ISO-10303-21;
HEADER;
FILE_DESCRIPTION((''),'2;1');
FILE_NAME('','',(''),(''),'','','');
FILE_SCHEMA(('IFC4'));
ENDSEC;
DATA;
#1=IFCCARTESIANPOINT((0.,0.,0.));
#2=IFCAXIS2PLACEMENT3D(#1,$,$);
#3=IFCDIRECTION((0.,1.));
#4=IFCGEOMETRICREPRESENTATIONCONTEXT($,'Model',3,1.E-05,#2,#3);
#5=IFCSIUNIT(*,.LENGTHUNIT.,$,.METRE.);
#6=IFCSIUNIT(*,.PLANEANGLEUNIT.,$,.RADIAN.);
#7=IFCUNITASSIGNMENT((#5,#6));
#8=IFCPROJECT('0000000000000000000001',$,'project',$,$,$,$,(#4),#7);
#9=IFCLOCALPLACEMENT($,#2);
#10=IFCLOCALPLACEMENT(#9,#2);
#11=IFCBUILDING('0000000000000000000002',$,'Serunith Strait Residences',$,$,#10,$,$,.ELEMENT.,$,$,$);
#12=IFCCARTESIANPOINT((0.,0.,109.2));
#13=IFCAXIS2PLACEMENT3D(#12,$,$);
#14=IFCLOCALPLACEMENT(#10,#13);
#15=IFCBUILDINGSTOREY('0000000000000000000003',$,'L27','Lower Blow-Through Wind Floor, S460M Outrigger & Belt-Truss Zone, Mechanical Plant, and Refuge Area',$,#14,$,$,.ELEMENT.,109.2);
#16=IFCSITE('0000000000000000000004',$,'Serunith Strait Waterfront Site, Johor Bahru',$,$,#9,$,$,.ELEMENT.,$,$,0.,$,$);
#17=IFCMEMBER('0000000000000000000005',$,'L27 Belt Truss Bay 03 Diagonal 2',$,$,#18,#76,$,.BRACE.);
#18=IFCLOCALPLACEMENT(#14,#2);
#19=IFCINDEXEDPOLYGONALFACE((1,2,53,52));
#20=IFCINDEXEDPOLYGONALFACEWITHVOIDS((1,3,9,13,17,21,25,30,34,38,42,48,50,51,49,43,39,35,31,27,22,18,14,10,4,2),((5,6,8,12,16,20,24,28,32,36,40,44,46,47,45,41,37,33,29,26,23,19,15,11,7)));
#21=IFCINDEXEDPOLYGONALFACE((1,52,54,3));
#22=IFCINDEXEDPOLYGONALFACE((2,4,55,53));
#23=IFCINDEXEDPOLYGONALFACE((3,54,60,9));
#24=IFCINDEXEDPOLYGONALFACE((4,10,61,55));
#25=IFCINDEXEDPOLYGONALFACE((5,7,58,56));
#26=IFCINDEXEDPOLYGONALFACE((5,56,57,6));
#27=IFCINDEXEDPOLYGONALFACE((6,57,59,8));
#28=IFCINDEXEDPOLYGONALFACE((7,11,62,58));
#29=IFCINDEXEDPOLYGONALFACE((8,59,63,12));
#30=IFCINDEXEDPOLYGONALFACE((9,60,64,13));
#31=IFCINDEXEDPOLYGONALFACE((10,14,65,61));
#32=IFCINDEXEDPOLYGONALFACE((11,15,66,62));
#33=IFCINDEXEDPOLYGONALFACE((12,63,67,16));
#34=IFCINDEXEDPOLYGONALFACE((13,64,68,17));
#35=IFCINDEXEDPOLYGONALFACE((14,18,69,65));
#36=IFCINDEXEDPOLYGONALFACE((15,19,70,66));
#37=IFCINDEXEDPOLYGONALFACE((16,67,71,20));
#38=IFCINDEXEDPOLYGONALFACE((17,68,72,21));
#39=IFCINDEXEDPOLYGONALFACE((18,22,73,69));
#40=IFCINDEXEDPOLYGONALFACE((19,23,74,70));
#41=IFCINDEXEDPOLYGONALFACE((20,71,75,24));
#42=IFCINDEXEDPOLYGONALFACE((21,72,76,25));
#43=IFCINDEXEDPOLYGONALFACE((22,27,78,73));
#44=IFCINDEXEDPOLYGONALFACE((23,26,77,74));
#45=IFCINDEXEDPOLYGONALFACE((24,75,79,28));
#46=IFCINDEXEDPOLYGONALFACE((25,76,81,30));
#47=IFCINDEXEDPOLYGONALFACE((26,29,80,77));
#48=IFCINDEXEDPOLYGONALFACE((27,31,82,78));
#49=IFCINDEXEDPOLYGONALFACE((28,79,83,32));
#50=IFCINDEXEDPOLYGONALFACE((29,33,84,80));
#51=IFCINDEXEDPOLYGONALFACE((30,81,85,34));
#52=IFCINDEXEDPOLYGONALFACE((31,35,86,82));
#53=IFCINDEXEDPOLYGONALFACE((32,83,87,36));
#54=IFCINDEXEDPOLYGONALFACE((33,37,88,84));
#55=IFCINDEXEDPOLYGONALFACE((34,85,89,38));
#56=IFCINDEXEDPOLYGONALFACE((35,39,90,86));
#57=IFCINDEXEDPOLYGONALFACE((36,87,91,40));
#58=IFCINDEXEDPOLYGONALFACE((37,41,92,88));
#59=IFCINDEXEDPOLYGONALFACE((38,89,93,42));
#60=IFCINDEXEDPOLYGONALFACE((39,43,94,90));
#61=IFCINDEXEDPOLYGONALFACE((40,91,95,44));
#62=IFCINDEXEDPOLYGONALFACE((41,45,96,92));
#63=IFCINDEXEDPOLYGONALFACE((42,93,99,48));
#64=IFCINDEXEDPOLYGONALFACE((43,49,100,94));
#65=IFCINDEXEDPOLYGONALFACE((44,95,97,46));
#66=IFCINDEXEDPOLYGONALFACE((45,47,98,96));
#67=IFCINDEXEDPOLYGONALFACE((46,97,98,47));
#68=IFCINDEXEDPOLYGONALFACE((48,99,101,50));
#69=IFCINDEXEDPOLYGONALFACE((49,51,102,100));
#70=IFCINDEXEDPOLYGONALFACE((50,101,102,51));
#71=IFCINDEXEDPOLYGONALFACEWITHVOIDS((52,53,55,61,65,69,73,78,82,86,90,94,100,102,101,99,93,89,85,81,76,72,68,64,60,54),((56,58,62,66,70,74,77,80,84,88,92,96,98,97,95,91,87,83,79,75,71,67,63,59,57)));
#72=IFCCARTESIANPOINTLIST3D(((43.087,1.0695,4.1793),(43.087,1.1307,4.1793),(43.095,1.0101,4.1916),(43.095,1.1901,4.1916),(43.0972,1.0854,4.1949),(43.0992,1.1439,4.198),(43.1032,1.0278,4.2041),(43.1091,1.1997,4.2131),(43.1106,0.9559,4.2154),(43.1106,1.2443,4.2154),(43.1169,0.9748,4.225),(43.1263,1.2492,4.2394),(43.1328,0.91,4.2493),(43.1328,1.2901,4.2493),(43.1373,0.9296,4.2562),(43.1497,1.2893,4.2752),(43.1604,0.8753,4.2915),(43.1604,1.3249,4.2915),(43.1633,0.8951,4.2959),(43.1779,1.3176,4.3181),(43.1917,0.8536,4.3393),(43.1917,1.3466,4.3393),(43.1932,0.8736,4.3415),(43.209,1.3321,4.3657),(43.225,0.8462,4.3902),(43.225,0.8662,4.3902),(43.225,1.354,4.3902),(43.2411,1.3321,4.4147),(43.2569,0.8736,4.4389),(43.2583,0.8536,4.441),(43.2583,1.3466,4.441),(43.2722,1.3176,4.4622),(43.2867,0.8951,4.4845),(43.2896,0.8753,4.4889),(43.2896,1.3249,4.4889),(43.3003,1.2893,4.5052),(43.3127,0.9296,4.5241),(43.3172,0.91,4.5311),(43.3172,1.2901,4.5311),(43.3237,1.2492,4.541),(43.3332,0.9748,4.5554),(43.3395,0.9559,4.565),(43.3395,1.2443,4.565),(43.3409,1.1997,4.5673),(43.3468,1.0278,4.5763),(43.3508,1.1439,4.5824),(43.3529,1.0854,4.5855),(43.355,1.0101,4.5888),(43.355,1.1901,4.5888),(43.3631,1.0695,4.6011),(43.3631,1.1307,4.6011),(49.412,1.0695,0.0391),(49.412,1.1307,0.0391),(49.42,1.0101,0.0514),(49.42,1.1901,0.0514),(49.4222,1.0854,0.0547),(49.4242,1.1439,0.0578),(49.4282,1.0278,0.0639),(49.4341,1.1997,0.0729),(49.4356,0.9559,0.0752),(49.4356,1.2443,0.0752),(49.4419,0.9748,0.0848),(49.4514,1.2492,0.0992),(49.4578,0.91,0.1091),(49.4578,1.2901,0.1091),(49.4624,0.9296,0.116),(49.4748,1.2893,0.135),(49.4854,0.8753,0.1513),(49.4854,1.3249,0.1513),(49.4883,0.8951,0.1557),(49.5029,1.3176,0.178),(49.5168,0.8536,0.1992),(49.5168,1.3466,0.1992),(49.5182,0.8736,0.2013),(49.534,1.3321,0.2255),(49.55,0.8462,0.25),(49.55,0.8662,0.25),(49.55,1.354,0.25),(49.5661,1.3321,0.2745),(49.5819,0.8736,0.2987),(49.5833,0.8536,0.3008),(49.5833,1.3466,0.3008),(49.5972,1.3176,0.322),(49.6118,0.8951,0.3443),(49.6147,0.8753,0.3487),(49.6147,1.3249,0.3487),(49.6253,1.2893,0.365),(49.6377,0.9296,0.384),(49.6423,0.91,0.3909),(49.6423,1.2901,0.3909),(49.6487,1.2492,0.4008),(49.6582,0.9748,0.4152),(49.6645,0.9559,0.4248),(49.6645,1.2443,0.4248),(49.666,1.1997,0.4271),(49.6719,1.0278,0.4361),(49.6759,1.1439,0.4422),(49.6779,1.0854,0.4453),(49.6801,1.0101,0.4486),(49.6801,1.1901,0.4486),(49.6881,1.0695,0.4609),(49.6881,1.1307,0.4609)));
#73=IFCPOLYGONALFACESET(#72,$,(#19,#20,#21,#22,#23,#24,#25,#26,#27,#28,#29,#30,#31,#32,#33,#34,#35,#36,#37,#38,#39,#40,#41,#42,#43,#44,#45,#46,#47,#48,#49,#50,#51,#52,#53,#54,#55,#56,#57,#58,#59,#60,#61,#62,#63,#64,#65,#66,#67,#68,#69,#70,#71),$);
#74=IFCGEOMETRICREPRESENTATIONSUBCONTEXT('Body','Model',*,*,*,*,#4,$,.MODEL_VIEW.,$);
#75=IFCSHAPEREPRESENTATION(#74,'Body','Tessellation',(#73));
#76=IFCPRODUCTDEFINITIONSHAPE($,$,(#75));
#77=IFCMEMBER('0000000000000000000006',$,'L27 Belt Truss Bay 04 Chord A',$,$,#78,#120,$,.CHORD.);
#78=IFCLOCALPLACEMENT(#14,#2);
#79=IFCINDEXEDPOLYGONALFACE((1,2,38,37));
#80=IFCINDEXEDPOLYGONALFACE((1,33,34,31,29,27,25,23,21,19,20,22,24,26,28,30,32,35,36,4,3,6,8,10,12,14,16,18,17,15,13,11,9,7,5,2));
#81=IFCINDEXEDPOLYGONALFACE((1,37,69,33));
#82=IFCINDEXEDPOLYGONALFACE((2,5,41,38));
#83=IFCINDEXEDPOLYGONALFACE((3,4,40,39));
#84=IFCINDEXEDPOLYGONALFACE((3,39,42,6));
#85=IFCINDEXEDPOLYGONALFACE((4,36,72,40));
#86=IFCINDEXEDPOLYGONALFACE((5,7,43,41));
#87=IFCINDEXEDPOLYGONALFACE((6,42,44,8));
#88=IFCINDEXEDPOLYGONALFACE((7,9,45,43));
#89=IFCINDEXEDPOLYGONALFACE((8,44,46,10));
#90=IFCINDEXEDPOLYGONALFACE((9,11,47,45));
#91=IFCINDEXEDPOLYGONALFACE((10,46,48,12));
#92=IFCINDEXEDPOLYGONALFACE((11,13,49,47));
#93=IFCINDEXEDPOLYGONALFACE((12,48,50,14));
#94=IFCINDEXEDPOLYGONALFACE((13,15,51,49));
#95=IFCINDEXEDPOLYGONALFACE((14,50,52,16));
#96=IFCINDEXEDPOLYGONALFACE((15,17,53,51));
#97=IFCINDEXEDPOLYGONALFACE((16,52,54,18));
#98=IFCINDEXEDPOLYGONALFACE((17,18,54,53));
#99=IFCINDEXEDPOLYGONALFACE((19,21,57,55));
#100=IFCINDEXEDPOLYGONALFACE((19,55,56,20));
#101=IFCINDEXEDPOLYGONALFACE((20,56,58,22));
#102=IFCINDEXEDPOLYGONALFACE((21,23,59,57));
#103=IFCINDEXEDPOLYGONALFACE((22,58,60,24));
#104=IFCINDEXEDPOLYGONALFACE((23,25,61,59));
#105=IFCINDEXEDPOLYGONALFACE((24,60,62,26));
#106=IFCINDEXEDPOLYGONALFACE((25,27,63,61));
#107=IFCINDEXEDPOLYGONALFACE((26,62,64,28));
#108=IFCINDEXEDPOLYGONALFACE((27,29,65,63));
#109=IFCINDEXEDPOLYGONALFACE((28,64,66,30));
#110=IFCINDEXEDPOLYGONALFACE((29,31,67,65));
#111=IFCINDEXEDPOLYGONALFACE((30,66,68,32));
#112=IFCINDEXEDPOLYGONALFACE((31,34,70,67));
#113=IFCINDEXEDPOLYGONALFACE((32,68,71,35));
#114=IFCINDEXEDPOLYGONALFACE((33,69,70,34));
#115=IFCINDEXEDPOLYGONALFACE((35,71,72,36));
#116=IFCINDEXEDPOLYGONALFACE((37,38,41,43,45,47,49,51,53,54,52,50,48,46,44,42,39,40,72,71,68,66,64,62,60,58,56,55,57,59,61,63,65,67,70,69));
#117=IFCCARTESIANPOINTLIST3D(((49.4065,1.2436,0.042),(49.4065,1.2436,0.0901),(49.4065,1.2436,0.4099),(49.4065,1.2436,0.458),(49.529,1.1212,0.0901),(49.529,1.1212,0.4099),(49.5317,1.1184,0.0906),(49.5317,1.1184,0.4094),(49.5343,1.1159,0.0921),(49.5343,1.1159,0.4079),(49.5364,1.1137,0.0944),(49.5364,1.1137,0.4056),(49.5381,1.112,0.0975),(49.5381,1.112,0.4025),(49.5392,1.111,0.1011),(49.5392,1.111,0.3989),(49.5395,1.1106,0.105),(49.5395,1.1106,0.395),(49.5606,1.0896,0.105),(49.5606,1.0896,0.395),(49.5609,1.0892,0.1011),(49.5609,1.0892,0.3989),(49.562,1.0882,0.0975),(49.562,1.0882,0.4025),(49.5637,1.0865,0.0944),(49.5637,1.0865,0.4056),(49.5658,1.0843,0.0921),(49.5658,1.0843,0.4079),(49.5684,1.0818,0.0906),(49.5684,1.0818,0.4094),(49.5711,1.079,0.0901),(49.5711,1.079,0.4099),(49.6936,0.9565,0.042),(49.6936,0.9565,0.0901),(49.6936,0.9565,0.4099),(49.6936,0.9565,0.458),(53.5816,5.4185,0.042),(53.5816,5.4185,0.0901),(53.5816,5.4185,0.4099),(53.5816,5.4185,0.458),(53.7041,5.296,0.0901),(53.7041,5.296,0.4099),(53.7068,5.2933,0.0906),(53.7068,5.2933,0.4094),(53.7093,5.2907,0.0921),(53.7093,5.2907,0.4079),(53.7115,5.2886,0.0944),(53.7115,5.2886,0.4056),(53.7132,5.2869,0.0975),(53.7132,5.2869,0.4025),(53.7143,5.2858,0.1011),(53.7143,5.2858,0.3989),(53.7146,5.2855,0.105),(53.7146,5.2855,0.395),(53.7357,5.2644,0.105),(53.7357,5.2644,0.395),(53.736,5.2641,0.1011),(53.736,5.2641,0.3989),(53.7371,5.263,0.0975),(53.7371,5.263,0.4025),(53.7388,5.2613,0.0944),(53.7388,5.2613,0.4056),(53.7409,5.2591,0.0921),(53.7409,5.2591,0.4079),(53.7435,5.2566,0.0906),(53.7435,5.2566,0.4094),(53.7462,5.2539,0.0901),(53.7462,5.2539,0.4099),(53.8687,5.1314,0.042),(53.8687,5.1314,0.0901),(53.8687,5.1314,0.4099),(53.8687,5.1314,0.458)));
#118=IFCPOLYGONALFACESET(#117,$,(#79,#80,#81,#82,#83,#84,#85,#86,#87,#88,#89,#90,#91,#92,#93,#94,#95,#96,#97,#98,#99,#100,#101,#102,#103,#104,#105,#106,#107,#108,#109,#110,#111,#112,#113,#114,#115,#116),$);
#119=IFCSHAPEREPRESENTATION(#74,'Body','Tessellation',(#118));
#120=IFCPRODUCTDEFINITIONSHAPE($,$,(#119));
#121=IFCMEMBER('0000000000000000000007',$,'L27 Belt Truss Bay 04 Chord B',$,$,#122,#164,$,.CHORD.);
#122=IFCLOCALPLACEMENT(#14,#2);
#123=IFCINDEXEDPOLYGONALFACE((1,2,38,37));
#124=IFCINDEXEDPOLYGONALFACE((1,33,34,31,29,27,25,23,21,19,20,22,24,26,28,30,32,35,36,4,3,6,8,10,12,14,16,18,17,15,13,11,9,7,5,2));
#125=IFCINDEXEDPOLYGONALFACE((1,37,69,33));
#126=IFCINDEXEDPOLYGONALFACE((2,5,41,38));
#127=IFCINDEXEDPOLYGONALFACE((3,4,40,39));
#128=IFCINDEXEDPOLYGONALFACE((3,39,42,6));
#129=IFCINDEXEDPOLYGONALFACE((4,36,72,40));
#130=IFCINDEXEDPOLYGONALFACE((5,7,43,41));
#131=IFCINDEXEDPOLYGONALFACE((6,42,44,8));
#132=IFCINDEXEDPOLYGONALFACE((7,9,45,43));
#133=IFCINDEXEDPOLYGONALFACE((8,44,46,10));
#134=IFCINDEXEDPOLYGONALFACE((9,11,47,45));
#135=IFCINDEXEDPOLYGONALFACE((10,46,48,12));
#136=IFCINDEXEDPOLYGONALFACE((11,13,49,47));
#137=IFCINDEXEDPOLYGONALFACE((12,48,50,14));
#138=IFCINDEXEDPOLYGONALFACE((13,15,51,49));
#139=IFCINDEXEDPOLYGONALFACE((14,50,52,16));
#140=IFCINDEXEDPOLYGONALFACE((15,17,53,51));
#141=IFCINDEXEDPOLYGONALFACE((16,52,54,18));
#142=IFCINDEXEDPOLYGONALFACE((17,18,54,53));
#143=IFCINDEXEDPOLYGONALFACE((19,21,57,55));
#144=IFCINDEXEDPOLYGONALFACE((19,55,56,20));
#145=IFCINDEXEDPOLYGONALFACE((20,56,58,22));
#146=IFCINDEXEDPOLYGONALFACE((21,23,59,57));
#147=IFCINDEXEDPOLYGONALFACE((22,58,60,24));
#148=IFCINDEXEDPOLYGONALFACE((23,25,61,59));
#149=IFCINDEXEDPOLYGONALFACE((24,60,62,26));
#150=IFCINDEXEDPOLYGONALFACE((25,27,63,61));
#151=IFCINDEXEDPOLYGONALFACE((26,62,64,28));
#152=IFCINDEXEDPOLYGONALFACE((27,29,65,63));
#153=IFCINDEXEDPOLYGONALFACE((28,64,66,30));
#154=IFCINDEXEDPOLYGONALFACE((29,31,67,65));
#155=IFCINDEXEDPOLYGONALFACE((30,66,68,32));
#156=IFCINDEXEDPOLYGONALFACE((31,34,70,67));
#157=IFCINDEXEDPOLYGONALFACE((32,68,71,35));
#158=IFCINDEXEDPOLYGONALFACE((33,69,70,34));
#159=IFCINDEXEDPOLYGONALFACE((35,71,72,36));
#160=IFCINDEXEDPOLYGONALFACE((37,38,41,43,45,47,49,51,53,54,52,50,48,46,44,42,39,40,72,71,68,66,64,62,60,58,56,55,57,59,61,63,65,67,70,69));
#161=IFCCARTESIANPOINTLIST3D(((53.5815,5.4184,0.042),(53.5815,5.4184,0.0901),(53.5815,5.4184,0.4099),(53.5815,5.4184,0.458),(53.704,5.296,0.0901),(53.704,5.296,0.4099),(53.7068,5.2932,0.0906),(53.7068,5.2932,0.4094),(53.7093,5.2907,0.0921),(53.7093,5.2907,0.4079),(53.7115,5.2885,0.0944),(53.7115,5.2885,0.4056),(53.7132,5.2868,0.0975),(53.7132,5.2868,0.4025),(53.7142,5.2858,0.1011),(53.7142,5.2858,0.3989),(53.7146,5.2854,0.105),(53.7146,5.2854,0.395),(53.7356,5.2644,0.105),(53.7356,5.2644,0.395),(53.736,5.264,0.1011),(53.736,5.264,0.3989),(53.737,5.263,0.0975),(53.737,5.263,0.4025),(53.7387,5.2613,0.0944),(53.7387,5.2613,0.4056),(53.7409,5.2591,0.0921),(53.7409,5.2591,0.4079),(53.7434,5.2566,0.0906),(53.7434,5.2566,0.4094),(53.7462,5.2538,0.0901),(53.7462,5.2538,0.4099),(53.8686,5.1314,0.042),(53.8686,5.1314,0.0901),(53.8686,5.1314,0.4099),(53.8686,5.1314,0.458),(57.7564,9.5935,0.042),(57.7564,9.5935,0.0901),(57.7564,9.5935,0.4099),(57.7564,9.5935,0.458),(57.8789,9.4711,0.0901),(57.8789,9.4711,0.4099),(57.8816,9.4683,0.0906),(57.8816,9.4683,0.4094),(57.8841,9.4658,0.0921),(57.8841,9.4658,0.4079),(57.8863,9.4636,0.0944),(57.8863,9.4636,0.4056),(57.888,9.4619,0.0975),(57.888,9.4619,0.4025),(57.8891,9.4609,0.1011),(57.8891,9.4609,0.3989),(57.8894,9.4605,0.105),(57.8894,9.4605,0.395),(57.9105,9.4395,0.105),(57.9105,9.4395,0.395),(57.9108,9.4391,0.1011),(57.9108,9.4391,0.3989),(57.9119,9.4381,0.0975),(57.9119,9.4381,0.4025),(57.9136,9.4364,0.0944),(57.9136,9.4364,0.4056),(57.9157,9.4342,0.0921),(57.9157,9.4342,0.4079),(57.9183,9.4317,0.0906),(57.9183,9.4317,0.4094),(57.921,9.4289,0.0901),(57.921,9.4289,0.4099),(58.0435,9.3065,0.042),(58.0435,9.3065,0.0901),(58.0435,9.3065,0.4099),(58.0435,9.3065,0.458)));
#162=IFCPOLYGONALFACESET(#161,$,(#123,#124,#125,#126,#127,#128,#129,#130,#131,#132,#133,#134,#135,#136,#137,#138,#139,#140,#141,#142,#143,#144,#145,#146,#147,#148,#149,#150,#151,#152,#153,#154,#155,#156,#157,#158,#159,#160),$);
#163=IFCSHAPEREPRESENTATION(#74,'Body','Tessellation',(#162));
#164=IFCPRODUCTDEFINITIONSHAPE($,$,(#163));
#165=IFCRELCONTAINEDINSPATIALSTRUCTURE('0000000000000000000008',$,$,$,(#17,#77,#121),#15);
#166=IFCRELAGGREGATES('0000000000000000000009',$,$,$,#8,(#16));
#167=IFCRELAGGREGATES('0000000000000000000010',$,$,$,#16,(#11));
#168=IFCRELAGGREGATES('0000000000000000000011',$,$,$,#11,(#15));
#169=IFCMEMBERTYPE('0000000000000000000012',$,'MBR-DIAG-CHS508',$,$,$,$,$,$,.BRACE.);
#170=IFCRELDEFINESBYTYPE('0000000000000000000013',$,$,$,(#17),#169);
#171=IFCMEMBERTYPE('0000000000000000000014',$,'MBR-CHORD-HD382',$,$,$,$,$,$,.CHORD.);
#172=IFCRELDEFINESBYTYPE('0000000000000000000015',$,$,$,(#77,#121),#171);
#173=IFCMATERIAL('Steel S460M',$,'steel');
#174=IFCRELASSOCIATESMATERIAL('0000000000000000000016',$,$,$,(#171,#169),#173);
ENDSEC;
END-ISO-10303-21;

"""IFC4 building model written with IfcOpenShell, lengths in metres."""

from ifc_helpers import new_model, si_unit, direction, frame, origin, origin_2d, place, context, subcontext, project, spatial, hollow_circle, i_section, extrude, source, transform, mapped, material, material_profile, profile_set, type_object, element, save


model = new_model("IFC4")

# Units and contexts
model_context = context("Model", 3, precision=1e-05, world=origin(), true_north=direction((0.0, 1.0)))
body_context = subcontext(model_context, "Body", "Model", "MODEL_VIEW")
ifc_project = project(units=[si_unit("LENGTHUNIT", "METRE"), si_unit("PLANEANGLEUNIT", "RADIAN")], contexts=[model_context])

# Site, building, storey
site_placement = place(None, origin())
site = spatial("IfcSite", under=ifc_project, at=site_placement, Name="Serunith Strait Waterfront Site, Johor Bahru", CompositionType="ELEMENT", RefElevation=0.0)
building_placement = place(site_placement, origin())
building = spatial("IfcBuilding", under=site, at=building_placement, Name="Serunith Strait Residences", CompositionType="ELEMENT")
storey_placement = place(building_placement, frame((0.0, 0.0, 109.2)))
storey = spatial("IfcBuildingStorey", under=building, at=storey_placement, Name="L27", Description="Lower Blow-Through Wind Floor, S460M Outrigger & Belt-Truss Zone, Mechanical Plant, and Refuge Area", CompositionType="ELEMENT", Elevation=109.2)

# Members
ifc_material_1 = material(Name="Steel S460M", Category="steel")
ifc_material_profile_1 = material_profile(ifc_material_1, i_section(OverallWidth=0.406, OverallDepth=0.416, WebThickness=0.0298, FlangeThickness=0.0481, FilletRadius=0.0149, at=origin_2d()), Name="HD 400x382")
ifc_profile_set_1 = profile_set([ifc_material_profile_1], Name="Steel S460M")
member_type_1 = type_object("IfcMemberType", Name="MBR-CHORD-HD382", PredefinedType="CHORD", material=ifc_profile_set_1)
ifc_material_profile_2 = material_profile(ifc_material_1, hollow_circle(Radius=0.2539, WallThickness=0.02, at=origin_2d()), Name="CHS 508x20")
ifc_profile_set_2 = profile_set([ifc_material_profile_2], Name="Steel S460M")
member_type_2 = type_object("IfcMemberType", Name="MBR-DIAG-CHS508", PredefinedType="BRACE", material=ifc_profile_set_2)
shared_shape_1 = source(origin(), body_context, "Body", "SweptSolid", [
    extrude(hollow_circle(Radius=0.2539, WallThickness=0.02, at=origin_2d()), origin(), (0.0, 0.0, 1.0), 7.5596),
])
member_1_placement = place(storey_placement, frame((49.55, 1.1001, 0.25), z_axis=(-0.836691, 0.0, 0.547675), x_axis=(0.0, -1.0, 0.0)))
element("IfcMember", 1, at=member_1_placement, inside=storey, type_object=member_type_2, Name="L27 Belt Truss Bay 03 Diagonal 2", PredefinedType="BRACE", context=body_context, shape_type="MappedRepresentation", body=[
    mapped(shared_shape_1, transform((0.0, 0.0, 0.0), scale=1.0)),
])
shared_shape_2 = source(origin(), body_context, "Body", "SweptSolid", [
    extrude(i_section(OverallWidth=0.406, OverallDepth=0.416, WebThickness=0.0298, FlangeThickness=0.0481, FilletRadius=0.0149, at=origin_2d()), origin(), (0.0, 0.0, 1.0), 5.9043),
])
for number, where, z_axis, x_axis, name in (
    (2, (49.55, 1.1001, 0.25), (0.707127, 0.707086, 0.0), (-0.707086, 0.707127, 0.0), "L27 Belt Truss Bay 04 Chord A"),
    (3, (53.7251, 5.2749, 0.25), (0.707086, 0.707127, 0.0), (-0.707127, 0.707086, 0.0), "L27 Belt Truss Bay 04 Chord B"),
):
    element("IfcMember", number, at=place(storey_placement, frame(where, z_axis=z_axis, x_axis=x_axis)), inside=storey, type_object=member_type_1, Name=name, PredefinedType="CHORD", context=body_context, shape_type="MappedRepresentation", body=[
        mapped(shared_shape_2, transform((0.0, 0.0, 0.0), scale=1.0)),
    ])

save(model, "model.ifc")
